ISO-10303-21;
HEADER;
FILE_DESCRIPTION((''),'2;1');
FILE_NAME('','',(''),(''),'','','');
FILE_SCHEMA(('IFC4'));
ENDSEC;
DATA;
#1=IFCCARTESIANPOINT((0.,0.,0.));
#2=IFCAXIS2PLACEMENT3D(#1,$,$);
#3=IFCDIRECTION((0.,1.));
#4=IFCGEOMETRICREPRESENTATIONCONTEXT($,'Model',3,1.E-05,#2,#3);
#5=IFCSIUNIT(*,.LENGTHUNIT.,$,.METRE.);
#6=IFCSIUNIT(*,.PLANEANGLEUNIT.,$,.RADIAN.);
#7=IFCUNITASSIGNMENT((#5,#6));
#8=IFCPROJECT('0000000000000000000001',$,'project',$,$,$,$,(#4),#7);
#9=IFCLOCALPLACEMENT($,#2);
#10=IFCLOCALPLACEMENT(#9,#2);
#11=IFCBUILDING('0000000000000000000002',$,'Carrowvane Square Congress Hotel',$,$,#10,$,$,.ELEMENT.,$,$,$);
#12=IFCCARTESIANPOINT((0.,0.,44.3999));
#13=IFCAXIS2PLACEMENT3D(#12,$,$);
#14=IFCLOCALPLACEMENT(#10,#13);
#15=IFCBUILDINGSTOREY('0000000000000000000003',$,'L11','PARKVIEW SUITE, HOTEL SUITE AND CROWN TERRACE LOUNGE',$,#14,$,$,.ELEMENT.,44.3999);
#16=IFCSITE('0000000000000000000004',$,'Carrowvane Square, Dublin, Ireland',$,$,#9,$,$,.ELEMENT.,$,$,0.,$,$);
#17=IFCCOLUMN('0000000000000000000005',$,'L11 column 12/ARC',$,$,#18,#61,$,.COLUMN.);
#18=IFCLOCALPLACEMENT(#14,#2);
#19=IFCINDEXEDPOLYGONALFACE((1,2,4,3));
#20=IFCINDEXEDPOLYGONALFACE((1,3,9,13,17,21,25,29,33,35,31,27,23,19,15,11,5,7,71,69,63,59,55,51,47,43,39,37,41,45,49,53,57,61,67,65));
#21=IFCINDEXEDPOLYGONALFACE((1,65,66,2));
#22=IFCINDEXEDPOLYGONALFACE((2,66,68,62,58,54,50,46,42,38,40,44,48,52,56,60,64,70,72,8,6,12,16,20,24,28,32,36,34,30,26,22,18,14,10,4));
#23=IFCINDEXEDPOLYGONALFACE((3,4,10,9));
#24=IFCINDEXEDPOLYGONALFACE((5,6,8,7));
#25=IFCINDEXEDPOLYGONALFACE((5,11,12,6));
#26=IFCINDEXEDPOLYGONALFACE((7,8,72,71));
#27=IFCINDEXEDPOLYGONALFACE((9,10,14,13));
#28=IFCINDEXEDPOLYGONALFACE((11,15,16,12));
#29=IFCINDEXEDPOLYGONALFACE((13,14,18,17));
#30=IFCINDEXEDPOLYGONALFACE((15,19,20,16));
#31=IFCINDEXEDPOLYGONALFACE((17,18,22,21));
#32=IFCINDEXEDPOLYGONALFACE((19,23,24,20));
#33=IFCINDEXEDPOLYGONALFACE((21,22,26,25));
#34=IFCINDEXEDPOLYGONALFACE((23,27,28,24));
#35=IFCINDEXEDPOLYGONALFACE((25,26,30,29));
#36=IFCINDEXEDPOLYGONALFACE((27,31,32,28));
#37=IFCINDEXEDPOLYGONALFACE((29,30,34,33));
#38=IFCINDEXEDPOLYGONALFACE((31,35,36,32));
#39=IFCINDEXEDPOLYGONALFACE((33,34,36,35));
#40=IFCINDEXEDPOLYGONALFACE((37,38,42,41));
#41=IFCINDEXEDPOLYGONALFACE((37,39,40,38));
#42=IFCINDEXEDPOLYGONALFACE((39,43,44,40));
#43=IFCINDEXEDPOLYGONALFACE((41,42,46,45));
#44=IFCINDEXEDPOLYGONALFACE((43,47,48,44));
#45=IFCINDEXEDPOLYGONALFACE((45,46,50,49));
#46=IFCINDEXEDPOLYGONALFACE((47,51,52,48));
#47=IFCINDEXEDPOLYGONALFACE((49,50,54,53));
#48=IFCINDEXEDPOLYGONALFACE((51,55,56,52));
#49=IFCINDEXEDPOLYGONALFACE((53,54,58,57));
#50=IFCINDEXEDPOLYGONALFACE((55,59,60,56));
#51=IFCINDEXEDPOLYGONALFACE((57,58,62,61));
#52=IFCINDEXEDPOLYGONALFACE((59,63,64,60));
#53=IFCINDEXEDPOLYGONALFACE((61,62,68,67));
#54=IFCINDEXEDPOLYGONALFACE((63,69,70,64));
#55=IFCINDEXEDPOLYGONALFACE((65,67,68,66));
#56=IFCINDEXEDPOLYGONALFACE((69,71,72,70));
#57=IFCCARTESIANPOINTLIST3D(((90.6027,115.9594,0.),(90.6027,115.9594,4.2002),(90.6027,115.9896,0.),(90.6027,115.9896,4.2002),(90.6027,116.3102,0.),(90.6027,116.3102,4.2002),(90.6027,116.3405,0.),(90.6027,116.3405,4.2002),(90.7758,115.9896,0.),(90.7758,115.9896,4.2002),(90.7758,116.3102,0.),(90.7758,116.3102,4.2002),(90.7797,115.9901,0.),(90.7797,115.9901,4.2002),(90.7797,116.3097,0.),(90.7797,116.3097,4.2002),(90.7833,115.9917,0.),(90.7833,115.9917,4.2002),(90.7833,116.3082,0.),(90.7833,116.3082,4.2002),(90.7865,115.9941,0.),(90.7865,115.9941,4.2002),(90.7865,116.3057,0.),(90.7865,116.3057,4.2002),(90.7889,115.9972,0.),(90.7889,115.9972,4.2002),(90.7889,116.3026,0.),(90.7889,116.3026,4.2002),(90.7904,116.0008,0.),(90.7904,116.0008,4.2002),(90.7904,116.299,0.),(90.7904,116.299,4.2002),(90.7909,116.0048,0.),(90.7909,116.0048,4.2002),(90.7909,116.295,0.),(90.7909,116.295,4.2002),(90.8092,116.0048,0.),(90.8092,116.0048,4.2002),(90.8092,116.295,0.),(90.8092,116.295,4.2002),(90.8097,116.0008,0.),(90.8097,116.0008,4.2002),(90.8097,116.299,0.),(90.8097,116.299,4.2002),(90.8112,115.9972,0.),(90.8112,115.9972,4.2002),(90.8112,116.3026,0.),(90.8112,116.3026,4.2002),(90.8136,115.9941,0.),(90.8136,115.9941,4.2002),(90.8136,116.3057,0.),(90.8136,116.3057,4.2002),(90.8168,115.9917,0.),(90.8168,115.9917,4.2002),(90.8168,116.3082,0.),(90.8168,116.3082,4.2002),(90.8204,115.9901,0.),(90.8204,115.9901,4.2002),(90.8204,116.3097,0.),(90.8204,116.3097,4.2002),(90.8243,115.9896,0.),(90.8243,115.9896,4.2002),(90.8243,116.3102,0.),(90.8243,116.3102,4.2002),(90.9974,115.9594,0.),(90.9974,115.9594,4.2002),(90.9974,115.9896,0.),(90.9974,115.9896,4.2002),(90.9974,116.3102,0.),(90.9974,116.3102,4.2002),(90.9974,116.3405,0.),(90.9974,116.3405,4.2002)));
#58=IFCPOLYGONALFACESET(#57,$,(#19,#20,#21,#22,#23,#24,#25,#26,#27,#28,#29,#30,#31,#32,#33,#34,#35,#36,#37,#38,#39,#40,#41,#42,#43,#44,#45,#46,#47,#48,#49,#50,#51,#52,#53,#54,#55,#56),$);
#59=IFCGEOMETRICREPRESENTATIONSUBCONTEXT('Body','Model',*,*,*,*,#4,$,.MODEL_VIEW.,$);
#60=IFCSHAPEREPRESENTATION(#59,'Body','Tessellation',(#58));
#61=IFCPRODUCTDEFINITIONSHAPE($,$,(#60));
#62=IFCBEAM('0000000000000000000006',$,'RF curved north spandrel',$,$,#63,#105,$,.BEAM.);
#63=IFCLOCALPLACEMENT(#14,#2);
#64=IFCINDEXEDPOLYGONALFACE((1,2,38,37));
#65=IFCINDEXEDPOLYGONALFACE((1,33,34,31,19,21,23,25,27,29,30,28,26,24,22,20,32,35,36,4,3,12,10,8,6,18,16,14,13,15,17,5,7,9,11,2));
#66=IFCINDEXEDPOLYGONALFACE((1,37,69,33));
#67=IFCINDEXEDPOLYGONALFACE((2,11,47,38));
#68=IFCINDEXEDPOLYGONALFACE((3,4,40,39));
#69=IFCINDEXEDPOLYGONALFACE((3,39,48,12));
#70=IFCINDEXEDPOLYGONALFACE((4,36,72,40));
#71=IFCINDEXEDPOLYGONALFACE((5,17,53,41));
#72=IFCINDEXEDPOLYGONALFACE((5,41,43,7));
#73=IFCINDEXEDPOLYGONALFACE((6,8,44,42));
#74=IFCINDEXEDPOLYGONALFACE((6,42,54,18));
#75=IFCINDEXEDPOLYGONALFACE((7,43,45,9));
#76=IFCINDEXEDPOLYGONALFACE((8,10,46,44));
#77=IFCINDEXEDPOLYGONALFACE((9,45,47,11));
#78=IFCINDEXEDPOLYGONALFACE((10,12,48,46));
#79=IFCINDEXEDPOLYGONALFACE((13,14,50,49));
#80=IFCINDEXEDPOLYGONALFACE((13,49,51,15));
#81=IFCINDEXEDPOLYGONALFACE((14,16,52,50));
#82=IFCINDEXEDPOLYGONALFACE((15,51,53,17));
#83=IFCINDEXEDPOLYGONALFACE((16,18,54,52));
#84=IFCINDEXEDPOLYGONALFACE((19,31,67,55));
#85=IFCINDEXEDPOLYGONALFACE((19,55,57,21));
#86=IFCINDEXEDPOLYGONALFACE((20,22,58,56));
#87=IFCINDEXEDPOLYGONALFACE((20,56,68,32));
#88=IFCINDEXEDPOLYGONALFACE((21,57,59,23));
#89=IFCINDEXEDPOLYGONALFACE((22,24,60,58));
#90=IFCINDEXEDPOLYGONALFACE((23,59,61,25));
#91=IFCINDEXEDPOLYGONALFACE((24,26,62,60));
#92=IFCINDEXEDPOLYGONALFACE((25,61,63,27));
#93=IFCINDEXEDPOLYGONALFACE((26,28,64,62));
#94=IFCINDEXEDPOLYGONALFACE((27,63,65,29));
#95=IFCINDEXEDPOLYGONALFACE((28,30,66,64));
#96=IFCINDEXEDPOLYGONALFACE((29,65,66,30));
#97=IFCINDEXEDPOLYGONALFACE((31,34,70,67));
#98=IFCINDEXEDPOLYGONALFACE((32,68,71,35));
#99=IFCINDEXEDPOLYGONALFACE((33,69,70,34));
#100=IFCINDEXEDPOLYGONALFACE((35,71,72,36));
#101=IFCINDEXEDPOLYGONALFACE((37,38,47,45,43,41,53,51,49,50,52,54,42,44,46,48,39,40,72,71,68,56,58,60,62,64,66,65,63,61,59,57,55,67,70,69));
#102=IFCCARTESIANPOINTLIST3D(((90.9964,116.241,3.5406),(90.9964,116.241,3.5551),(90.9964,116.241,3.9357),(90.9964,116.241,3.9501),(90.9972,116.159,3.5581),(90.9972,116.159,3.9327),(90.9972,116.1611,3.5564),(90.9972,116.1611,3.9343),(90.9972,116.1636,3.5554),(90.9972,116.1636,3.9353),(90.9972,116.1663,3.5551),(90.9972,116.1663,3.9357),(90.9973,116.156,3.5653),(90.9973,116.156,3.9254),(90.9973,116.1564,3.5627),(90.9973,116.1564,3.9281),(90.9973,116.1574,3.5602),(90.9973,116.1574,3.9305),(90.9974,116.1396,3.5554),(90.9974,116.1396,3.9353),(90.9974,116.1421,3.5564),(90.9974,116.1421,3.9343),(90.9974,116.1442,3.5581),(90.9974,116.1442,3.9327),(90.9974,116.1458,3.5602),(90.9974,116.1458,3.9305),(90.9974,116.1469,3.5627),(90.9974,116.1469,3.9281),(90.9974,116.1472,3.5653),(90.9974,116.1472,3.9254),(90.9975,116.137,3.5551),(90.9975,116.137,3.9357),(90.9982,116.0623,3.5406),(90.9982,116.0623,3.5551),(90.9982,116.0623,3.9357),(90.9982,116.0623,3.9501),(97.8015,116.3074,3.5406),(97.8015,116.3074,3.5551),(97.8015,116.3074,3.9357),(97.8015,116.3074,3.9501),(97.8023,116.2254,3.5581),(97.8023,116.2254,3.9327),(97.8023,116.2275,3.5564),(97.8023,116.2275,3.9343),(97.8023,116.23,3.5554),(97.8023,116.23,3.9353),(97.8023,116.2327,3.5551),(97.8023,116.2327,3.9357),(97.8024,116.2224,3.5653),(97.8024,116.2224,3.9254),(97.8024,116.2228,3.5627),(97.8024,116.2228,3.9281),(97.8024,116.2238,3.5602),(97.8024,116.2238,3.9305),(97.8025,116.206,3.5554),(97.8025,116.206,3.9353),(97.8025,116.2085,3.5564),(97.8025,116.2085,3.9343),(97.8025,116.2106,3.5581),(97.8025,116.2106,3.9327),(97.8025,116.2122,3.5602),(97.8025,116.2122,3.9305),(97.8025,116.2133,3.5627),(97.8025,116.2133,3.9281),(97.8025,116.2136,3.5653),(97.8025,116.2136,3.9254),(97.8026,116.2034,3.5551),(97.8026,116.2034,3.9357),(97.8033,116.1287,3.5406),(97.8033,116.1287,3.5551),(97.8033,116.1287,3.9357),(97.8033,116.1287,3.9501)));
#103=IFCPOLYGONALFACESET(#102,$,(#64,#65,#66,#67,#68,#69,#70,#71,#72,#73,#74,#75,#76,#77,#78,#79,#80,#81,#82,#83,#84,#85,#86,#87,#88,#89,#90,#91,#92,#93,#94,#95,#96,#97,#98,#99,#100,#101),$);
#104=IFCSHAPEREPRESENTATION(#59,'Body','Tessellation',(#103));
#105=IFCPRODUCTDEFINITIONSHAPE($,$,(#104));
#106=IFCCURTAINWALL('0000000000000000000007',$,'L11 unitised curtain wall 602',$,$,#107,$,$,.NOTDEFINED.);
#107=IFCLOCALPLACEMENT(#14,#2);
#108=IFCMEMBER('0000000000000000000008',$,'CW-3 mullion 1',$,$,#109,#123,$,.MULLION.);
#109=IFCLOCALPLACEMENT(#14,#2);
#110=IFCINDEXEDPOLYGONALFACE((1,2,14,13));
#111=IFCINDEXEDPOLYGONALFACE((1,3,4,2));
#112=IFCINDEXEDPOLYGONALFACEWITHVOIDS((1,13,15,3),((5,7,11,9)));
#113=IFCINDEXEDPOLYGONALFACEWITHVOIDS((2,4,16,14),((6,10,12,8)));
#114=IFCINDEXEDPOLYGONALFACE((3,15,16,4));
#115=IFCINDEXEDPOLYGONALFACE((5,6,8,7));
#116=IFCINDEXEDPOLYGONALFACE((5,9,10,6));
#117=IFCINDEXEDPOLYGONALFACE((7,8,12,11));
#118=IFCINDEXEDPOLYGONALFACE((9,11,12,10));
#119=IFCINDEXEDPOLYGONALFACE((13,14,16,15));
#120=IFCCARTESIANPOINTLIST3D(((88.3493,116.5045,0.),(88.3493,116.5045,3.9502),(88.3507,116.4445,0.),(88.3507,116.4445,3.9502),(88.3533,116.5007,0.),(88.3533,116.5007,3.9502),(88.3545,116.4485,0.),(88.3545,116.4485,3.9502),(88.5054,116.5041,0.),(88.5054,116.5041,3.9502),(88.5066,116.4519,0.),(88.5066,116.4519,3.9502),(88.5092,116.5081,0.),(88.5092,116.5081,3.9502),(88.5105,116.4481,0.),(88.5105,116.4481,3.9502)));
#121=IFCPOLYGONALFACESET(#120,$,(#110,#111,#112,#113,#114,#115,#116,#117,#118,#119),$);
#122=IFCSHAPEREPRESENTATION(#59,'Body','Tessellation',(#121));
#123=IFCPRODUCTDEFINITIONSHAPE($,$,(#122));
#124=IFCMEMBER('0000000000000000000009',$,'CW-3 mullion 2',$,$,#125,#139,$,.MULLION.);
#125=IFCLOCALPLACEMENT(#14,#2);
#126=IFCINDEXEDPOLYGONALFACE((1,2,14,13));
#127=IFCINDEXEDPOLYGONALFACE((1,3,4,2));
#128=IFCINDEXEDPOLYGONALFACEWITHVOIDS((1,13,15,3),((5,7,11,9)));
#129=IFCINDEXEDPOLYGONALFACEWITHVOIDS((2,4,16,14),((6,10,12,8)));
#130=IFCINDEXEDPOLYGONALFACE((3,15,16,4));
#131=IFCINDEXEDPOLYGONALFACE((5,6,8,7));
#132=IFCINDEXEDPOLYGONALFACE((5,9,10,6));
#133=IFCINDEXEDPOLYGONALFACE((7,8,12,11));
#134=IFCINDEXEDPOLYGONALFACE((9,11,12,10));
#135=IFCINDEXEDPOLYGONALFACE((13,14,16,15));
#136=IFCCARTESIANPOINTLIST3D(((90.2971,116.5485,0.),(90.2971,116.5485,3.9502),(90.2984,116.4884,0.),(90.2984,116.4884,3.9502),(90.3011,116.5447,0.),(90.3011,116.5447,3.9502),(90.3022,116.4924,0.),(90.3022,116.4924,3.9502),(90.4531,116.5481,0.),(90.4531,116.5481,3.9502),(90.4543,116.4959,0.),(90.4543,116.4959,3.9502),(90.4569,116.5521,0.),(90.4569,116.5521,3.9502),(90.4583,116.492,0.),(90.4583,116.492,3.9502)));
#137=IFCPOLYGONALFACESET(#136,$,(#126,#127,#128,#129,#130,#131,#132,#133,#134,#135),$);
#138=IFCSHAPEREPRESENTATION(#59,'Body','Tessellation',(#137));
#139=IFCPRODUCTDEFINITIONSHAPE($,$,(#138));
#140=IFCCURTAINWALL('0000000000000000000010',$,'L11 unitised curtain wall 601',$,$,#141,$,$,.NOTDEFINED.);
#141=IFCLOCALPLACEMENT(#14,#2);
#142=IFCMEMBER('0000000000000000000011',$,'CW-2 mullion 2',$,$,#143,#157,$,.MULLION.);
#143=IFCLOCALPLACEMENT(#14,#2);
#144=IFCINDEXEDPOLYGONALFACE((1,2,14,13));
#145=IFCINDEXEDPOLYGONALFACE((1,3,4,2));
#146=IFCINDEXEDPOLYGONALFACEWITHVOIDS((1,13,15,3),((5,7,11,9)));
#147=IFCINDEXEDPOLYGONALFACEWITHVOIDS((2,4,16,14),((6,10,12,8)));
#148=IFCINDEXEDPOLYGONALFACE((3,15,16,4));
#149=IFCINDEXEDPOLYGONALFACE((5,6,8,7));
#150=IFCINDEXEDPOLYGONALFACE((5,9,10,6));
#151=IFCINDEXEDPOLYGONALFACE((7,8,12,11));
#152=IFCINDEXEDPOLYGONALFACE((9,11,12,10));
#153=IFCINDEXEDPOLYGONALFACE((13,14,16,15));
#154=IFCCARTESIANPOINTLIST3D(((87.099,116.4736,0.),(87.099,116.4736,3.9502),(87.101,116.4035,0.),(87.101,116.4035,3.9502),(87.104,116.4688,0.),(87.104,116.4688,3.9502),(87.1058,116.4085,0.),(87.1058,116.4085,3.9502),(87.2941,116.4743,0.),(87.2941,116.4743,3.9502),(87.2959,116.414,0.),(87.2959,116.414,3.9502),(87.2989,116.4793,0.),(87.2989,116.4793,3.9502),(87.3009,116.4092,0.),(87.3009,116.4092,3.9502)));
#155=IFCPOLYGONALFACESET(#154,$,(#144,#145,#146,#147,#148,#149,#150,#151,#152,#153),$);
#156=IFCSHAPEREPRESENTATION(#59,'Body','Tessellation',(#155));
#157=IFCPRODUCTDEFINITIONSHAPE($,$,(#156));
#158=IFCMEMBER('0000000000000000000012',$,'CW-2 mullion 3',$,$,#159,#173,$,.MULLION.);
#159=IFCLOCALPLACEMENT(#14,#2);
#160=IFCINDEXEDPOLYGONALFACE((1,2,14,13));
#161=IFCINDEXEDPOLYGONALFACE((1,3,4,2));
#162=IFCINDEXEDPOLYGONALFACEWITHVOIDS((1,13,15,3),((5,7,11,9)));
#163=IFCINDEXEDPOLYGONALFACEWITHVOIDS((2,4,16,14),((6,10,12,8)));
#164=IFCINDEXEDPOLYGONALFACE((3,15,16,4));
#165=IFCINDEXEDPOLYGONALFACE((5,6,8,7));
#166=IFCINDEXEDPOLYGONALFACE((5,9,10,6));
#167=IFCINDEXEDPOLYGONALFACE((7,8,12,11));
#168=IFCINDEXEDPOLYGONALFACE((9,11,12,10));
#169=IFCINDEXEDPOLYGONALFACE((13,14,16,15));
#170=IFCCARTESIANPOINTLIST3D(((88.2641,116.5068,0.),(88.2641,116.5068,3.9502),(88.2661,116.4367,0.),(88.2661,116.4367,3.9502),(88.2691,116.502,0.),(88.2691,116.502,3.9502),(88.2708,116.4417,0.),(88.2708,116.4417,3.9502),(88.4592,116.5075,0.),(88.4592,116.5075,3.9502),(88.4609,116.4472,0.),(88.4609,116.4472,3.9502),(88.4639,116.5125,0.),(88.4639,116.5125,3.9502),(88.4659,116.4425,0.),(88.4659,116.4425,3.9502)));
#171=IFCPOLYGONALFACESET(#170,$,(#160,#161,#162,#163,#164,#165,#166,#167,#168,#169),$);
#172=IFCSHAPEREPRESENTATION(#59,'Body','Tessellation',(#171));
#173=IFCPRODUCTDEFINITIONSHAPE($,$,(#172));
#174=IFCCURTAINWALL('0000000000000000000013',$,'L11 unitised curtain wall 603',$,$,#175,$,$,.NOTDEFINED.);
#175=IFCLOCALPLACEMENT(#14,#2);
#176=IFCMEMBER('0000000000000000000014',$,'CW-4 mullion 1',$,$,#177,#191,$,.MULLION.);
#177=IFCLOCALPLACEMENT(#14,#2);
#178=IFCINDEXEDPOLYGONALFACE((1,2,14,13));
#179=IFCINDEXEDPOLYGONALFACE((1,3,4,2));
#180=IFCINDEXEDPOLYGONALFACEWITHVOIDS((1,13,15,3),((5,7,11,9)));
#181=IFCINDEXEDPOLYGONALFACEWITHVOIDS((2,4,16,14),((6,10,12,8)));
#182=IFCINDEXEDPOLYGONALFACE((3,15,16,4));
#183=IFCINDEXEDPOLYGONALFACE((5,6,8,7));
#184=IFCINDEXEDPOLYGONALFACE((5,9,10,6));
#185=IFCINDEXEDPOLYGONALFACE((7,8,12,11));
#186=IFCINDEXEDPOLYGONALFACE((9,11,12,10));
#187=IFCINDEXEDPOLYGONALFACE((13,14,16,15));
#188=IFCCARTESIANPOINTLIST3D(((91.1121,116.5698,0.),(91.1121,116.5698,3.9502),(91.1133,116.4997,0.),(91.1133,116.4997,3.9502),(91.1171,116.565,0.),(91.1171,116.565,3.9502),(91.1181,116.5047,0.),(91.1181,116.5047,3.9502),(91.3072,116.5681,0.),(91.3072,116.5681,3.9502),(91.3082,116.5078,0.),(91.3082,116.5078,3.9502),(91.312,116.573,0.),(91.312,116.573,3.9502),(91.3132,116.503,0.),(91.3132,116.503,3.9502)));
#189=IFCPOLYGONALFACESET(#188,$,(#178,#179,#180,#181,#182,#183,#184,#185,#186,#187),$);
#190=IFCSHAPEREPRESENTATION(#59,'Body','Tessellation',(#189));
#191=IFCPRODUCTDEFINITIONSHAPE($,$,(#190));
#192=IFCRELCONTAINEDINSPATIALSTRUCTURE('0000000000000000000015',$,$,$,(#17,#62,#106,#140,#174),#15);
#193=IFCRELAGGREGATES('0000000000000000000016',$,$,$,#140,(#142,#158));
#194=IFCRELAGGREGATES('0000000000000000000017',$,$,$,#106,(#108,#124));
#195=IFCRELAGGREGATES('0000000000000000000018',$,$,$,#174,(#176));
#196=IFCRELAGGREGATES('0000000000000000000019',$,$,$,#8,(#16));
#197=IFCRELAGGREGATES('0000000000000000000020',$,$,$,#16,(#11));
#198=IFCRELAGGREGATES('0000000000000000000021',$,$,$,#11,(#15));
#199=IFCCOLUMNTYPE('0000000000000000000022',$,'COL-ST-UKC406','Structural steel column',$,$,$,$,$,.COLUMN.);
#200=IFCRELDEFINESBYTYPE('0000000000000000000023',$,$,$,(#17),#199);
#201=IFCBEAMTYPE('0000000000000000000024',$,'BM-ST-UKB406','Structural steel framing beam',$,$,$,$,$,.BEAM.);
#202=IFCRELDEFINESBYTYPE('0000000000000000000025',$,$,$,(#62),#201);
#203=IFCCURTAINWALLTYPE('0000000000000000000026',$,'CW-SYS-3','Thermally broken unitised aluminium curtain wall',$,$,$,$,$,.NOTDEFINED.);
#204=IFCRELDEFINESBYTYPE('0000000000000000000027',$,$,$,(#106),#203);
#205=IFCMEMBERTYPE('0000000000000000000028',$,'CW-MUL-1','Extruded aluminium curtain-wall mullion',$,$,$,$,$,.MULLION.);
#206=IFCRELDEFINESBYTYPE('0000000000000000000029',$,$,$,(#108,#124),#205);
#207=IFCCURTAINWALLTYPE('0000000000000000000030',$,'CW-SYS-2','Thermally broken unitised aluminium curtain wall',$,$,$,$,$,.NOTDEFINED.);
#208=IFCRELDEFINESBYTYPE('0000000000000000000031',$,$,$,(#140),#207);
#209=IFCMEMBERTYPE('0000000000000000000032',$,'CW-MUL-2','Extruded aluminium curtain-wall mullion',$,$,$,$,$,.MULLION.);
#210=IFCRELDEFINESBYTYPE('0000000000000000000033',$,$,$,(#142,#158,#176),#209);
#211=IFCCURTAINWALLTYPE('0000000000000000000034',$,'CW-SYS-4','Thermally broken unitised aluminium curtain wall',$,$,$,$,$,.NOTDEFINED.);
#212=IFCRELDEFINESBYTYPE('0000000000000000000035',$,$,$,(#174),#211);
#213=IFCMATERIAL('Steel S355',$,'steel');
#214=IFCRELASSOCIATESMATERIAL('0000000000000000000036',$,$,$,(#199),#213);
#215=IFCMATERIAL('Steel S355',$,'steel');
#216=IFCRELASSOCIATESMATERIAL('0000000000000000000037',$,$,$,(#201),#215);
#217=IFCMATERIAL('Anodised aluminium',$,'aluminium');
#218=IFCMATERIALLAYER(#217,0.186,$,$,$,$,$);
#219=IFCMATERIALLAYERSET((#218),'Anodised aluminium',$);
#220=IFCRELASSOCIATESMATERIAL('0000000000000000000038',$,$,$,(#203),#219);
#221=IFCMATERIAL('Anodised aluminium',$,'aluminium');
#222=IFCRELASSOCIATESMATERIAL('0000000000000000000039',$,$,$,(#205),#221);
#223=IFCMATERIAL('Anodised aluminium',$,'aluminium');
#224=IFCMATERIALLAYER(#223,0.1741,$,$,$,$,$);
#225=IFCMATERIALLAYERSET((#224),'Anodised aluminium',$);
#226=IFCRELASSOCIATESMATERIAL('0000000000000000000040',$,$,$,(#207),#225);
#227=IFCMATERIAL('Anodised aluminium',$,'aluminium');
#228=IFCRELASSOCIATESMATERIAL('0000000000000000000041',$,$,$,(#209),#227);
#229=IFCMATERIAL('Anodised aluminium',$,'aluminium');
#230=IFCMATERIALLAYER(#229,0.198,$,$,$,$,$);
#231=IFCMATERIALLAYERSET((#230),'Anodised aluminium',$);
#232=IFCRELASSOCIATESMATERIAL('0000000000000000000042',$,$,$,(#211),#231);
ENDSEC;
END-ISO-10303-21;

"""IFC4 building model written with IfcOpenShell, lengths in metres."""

from ifc_helpers import new_model, si_unit, direction, frame, origin, origin_2d, place, context, subcontext, project, spatial, hollow_rectangle, i_section, extrude, material, layer, layer_set, material_profile, profile_set, type_object, element, aggregate, save


model = new_model("IFC4")

# Units and contexts
model_context = context("Model", 3, precision=1e-05, world=origin(), true_north=direction((0.0, 1.0)))
body_context = subcontext(model_context, "Body", "Model", "MODEL_VIEW")
ifc_project = project(units=[si_unit("LENGTHUNIT", "METRE"), si_unit("PLANEANGLEUNIT", "RADIAN")], contexts=[model_context])

# Site, building, storey
site_placement = place(None, origin())
site = spatial("IfcSite", under=ifc_project, at=site_placement, Name="Carrowvane Square, Dublin, Ireland", CompositionType="ELEMENT", RefElevation=0.0)
building_placement = place(site_placement, origin())
building = spatial("IfcBuilding", under=site, at=building_placement, Name="Carrowvane Square Congress Hotel", CompositionType="ELEMENT")
storey_placement = place(building_placement, frame((0.0, 0.0, 44.3999)))
storey = spatial("IfcBuildingStorey", under=building, at=storey_placement, Name="L11", Description="PARKVIEW SUITE, HOTEL SUITE AND CROWN TERRACE LOUNGE", CompositionType="ELEMENT", Elevation=44.3999)

# Column
ifc_material_1 = material(Name="Steel S355", Category="steel")
ifc_material_profile_1 = material_profile(ifc_material_1, i_section(OverallWidth=0.3948, OverallDepth=0.3811, WebThickness=0.0183, FlangeThickness=0.0303, FilletRadius=0.0151, at=origin_2d()), Name="UKC 356x406x235")
ifc_profile_set_1 = profile_set([ifc_material_profile_1], Name="Steel S355")
column_type = type_object("IfcColumnType", Name="COL-ST-UKC406", Description="Structural steel column", PredefinedType="COLUMN", material=ifc_profile_set_1)
column_placement = place(storey_placement, frame((90.8, 116.1499, 0.0), z_axis=(0.0, 0.0, 1.0), x_axis=(1.0, 0.0, 0.0)))
element("IfcColumn", 1, at=column_placement, inside=storey, type_object=column_type, Name="L11 column 12/ARC", PredefinedType="COLUMN", context=body_context, shape_type="SweptSolid", body=[
    extrude(i_section(OverallWidth=0.3948, OverallDepth=0.3811, WebThickness=0.0183, FlangeThickness=0.0303, FilletRadius=0.0151, at=origin_2d()), origin(), (0.0, 0.0, 1.0), 4.2002),
])

# Beam
ifc_material_2 = material(Name="Steel S355", Category="steel")
ifc_material_profile_2 = material_profile(ifc_material_2, i_section(OverallWidth=0.1787, OverallDepth=0.4094, WebThickness=0.0088, FlangeThickness=0.0144, FilletRadius=0.0103, at=origin_2d()), Name="UKB 406x178x67")
ifc_profile_set_2 = profile_set([ifc_material_profile_2], Name="Steel S355")
beam_type = type_object("IfcBeamType", Name="BM-ST-UKB406", Description="Structural steel framing beam", PredefinedType="BEAM", material=ifc_profile_set_2)
beam_placement = place(storey_placement, frame((90.9973, 116.1516, 3.7454), z_axis=(0.999952, 0.009758, 0.0), x_axis=(-0.009758, 0.999952, 0.0)))
element("IfcBeam", 2, at=beam_placement, inside=storey, type_object=beam_type, Name="RF curved north spandrel", PredefinedType="BEAM", context=body_context, shape_type="SweptSolid", body=[
    extrude(i_section(OverallWidth=0.1787, OverallDepth=0.4094, WebThickness=0.0088, FlangeThickness=0.0144, FilletRadius=0.0103, at=origin_2d()), origin(), (0.0, 0.0, 1.0), 6.8054),
])

# Curtain walls, members
ifc_material_3 = material(Name="Anodised aluminium", Category="aluminium")
ifc_layer_1 = layer(ifc_material_3, 0.186)
ifc_layer_set_1 = layer_set([ifc_layer_1], Name="Anodised aluminium")
curtain_wall_type_1 = type_object("IfcCurtainWallType", Name="CW-SYS-3", Description="Thermally broken unitised aluminium curtain wall", PredefinedType="NOTDEFINED", material=ifc_layer_set_1)
curtain_wall_1_placement = place(storey_placement, origin())
curtain_wall_1 = element("IfcCurtainWall", 3, at=curtain_wall_1_placement, inside=storey, type_object=curtain_wall_type_1, Name="L11 unitised curtain wall 602", PredefinedType="NOTDEFINED")
ifc_material_4 = material(Name="Anodised aluminium", Category="aluminium")
ifc_material_profile_3 = material_profile(ifc_material_4, hollow_rectangle(XDim=0.0601, YDim=0.1599, WallThickness=0.0039, at=origin_2d()), Name="CW-ML 60x160x4")
ifc_profile_set_3 = profile_set([ifc_material_profile_3], Name="Anodised aluminium")
member_type_1 = type_object("IfcMemberType", Name="CW-MUL-1", Description="Extruded aluminium curtain-wall mullion", PredefinedType="MULLION", material=ifc_profile_set_3)
member_1_placement = place(storey_placement, frame((88.4299, 116.4763, 0.0), z_axis=(0.0, 0.0, 1.0), x_axis=(-0.022518, 0.999746, 0.0)))
member_1 = element("IfcMember", 4, at=member_1_placement, type_object=member_type_1, Name="CW-3 mullion 1", PredefinedType="MULLION", context=body_context, shape_type="SweptSolid", body=[
    extrude(hollow_rectangle(XDim=0.0601, YDim=0.1599, WallThickness=0.0039, at=origin_2d()), origin(), (0.0, 0.0, 1.0), 3.9502),
])
member_2_placement = place(storey_placement, frame((90.3777, 116.5203, 0.0), z_axis=(0.0, 0.0, 1.0), x_axis=(-0.022518, 0.999746, 0.0)))
member_2 = element("IfcMember", 5, at=member_2_placement, type_object=member_type_1, Name="CW-3 mullion 2", PredefinedType="MULLION", context=body_context, shape_type="SweptSolid", body=[
    extrude(hollow_rectangle(XDim=0.0601, YDim=0.1599, WallThickness=0.0039, at=origin_2d()), origin(), (0.0, 0.0, 1.0), 3.9502),
])
ifc_material_5 = material(Name="Anodised aluminium", Category="aluminium")
ifc_layer_2 = layer(ifc_material_5, 0.1741)
ifc_layer_set_2 = layer_set([ifc_layer_2], Name="Anodised aluminium")
curtain_wall_type_2 = type_object("IfcCurtainWallType", Name="CW-SYS-2", Description="Thermally broken unitised aluminium curtain wall", PredefinedType="NOTDEFINED", material=ifc_layer_set_2)
curtain_wall_2_placement = place(storey_placement, origin())
curtain_wall_2 = element("IfcCurtainWall", 6, at=curtain_wall_2_placement, inside=storey, type_object=curtain_wall_type_2, Name="L11 unitised curtain wall 601", PredefinedType="NOTDEFINED")
ifc_material_6 = material(Name="Anodised aluminium", Category="aluminium")
ifc_material_profile_4 = material_profile(ifc_material_6, hollow_rectangle(XDim=0.0701, YDim=0.2, WallThickness=0.0049, at=origin_2d()), Name="CW-ML 70x200x5")
ifc_profile_set_4 = profile_set([ifc_material_profile_4], Name="Anodised aluminium")
member_type_2 = type_object("IfcMemberType", Name="CW-MUL-2", Description="Extruded aluminium curtain-wall mullion", PredefinedType="MULLION", material=ifc_profile_set_4)
member_3_placement = place(storey_placement, frame((87.2, 116.4414, 0.0), z_axis=(0.0, 0.0, 1.0), x_axis=(-0.028638, 0.99959, 0.0)))
member_3 = element("IfcMember", 7, at=member_3_placement, type_object=member_type_2, Name="CW-2 mullion 2", PredefinedType="MULLION", context=body_context, shape_type="SweptSolid", body=[
    extrude(hollow_rectangle(XDim=0.0701, YDim=0.2, WallThickness=0.0049, at=origin_2d()), origin(), (0.0, 0.0, 1.0), 3.9502),
])
member_4_placement = place(storey_placement, frame((88.365, 116.4746, 0.0), z_axis=(0.0, 0.0, 1.0), x_axis=(-0.028638, 0.99959, 0.0)))
member_4 = element("IfcMember", 8, at=member_4_placement, type_object=member_type_2, Name="CW-2 mullion 3", PredefinedType="MULLION", context=body_context, shape_type="SweptSolid", body=[
    extrude(hollow_rectangle(XDim=0.0701, YDim=0.2, WallThickness=0.0049, at=origin_2d()), origin(), (0.0, 0.0, 1.0), 3.9502),
])

# Curtain wall, member
ifc_material_7 = material(Name="Anodised aluminium", Category="aluminium")
ifc_layer_3 = layer(ifc_material_7, 0.198)
ifc_layer_set_3 = layer_set([ifc_layer_3], Name="Anodised aluminium")
curtain_wall_type_3 = type_object("IfcCurtainWallType", Name="CW-SYS-4", Description="Thermally broken unitised aluminium curtain wall", PredefinedType="NOTDEFINED", material=ifc_layer_set_3)
curtain_wall_3_placement = place(storey_placement, origin())
curtain_wall_3 = element("IfcCurtainWall", 9, at=curtain_wall_3_placement, inside=storey, type_object=curtain_wall_type_3, Name="L11 unitised curtain wall 603", PredefinedType="NOTDEFINED")
member_5_placement = place(storey_placement, frame((91.2126, 116.5364, 0.0), z_axis=(0.0, 0.0, 1.0), x_axis=(-0.016216, 0.999869, 0.0)))
member_5 = element("IfcMember", 10, at=member_5_placement, type_object=member_type_2, Name="CW-4 mullion 1", PredefinedType="MULLION", context=body_context, shape_type="SweptSolid", body=[
    extrude(hollow_rectangle(XDim=0.0701, YDim=0.2, WallThickness=0.0049, at=origin_2d()), origin(), (0.0, 0.0, 1.0), 3.9502),
])

aggregate(curtain_wall_2, [member_3, member_4])
aggregate(curtain_wall_1, [member_1, member_2])
aggregate(curtain_wall_3, [member_5])

save(model, "model.ifc")
